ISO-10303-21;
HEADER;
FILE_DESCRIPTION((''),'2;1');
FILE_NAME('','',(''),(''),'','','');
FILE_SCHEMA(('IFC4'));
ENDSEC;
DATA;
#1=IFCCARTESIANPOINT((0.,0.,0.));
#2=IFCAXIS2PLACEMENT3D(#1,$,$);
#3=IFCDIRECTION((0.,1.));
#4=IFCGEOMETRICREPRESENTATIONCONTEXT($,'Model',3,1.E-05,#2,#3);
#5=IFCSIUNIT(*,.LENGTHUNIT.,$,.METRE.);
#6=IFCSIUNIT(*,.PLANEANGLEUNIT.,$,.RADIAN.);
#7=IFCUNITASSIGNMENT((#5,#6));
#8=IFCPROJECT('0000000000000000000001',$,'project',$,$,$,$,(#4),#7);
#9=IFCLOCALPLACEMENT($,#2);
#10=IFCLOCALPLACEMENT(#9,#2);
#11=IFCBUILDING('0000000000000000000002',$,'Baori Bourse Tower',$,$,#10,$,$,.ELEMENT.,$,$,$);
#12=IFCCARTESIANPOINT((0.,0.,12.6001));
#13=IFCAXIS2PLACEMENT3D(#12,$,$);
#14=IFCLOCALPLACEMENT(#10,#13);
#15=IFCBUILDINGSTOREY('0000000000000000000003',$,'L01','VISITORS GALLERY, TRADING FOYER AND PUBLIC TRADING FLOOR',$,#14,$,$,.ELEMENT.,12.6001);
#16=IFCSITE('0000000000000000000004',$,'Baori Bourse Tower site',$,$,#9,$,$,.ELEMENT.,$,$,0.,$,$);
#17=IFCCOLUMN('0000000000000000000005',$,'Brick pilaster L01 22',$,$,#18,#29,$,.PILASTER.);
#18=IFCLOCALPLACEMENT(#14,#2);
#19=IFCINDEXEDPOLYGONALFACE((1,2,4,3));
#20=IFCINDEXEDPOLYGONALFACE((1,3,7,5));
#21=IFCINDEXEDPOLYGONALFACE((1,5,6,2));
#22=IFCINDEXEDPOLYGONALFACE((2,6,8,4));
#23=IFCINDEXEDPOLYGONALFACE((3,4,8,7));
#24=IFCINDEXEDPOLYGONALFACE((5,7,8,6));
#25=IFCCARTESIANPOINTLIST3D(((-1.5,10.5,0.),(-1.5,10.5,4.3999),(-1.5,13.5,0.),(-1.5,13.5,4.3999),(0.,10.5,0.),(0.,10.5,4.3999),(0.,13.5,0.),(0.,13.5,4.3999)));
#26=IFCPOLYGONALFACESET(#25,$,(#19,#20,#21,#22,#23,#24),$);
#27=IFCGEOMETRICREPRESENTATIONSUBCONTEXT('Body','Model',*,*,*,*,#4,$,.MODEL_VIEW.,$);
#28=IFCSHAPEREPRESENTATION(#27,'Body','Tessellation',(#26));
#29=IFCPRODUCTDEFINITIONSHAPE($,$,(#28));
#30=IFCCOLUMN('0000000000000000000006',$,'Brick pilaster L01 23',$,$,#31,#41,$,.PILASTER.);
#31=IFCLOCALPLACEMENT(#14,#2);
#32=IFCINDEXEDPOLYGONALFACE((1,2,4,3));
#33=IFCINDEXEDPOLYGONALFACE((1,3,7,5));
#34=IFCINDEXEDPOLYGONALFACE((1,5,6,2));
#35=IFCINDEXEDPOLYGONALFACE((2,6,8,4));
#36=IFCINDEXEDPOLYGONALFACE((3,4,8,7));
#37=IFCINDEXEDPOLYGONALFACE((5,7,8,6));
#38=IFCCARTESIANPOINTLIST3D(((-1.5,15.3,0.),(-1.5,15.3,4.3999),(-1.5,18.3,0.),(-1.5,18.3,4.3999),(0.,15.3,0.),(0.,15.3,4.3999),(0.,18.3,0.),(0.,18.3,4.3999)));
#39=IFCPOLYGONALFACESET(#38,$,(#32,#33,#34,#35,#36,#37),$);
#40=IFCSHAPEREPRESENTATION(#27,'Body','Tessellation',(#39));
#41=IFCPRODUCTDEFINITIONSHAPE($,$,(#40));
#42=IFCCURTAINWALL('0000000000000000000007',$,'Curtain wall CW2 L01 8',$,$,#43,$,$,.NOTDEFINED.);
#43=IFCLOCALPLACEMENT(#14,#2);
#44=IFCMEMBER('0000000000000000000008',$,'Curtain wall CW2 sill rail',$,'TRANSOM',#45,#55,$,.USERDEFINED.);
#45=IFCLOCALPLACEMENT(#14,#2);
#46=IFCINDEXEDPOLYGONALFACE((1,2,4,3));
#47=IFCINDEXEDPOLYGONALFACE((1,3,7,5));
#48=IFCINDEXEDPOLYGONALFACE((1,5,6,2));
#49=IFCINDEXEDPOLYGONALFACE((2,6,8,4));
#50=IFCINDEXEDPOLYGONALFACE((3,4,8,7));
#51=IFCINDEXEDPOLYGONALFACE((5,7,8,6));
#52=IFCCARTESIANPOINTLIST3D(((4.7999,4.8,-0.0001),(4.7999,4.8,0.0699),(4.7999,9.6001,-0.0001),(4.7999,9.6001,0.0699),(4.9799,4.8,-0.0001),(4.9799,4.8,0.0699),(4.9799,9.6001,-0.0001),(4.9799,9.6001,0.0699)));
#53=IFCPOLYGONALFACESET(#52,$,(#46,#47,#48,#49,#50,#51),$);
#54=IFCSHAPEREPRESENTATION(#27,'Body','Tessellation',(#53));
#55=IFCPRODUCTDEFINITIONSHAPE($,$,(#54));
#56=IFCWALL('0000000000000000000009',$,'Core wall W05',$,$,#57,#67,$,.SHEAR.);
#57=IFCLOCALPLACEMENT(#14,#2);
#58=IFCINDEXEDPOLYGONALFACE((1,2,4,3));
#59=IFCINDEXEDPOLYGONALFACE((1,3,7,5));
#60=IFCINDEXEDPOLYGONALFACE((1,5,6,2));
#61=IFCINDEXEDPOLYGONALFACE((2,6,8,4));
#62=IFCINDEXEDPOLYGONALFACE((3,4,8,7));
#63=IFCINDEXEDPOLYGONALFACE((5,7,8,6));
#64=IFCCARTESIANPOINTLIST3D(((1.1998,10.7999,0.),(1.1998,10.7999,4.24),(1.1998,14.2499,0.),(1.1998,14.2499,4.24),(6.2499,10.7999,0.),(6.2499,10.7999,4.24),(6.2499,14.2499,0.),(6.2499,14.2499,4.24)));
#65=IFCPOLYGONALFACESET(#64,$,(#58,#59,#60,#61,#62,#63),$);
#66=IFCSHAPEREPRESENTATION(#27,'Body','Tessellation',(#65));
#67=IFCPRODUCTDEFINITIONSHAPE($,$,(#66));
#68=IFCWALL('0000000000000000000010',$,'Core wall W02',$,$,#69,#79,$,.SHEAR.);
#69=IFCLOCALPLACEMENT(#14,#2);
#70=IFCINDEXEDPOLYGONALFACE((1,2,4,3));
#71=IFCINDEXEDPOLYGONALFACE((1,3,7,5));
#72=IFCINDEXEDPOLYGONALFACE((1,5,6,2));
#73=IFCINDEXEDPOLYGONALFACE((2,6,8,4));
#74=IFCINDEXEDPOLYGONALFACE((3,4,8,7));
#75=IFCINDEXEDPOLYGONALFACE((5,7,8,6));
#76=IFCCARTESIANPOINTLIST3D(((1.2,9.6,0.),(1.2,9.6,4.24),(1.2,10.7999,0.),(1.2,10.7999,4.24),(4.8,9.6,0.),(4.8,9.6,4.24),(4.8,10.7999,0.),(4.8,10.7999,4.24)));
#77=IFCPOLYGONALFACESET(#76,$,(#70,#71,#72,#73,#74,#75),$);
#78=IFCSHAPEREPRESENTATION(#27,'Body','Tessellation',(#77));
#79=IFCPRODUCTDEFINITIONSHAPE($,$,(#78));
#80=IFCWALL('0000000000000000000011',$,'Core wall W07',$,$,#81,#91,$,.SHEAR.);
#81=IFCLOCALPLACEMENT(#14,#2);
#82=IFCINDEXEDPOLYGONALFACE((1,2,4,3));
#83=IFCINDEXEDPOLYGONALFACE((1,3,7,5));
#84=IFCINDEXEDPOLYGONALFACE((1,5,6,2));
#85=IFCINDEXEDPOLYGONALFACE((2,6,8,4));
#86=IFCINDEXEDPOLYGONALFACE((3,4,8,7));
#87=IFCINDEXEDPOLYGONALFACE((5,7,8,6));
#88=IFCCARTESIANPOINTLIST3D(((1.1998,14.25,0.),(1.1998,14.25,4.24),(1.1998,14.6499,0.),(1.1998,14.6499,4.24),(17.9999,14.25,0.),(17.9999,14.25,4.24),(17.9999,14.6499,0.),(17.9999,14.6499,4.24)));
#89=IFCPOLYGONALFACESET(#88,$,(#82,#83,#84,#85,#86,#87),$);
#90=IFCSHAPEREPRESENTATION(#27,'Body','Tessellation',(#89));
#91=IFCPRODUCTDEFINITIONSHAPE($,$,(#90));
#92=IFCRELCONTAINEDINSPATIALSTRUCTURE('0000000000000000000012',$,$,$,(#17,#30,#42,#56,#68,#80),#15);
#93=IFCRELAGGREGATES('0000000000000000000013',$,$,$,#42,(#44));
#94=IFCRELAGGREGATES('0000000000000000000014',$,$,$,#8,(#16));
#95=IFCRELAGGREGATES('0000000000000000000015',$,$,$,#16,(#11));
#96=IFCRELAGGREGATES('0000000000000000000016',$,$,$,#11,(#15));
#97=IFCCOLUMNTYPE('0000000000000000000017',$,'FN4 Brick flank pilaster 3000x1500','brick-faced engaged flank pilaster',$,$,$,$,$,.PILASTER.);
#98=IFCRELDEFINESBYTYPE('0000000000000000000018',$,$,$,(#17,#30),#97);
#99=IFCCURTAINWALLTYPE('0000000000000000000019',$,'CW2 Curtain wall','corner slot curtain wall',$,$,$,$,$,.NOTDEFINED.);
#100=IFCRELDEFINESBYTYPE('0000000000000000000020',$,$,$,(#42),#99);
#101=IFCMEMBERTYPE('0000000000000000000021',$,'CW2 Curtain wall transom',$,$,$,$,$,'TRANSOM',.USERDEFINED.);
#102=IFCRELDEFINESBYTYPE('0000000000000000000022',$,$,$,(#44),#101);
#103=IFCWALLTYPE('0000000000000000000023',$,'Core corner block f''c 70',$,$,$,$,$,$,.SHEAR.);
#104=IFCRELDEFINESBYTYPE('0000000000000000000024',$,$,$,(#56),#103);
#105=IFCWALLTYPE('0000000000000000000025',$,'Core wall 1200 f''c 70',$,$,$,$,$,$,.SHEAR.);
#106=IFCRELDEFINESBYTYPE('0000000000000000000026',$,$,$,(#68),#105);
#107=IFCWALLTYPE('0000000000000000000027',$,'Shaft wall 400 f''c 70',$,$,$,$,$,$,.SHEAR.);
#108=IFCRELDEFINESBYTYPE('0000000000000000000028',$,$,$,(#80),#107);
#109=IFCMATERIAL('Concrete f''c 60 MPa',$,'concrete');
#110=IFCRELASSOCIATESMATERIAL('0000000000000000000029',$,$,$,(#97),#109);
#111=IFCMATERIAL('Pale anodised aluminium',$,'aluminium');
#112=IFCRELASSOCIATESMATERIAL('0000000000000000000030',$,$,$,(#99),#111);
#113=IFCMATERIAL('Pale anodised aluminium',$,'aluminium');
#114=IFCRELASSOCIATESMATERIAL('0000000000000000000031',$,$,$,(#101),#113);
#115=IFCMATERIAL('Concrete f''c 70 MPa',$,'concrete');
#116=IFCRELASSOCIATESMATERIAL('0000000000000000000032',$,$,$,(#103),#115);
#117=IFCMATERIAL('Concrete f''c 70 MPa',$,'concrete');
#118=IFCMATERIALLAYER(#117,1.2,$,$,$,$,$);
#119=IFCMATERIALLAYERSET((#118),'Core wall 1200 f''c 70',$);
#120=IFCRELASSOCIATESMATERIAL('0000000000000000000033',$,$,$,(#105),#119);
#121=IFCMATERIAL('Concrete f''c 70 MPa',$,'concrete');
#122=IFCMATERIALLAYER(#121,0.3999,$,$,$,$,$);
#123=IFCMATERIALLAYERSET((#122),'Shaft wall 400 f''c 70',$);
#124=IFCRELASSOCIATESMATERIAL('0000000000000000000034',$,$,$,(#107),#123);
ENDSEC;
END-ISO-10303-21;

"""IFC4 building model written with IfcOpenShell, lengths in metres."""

from ifc_helpers import new_model, si_unit, direction, frame, frame_2d, origin, origin_2d, place, context, subcontext, project, spatial, rectangle, extrude, material, layer, layer_set, material_profile, profile_set, type_object, element, aggregate, save


model = new_model("IFC4")

# Units and contexts
model_context = context("Model", 3, precision=1e-05, world=origin(), true_north=direction((0.0, 1.0)))
body_context = subcontext(model_context, "Body", "Model", "MODEL_VIEW")
ifc_project = project(units=[si_unit("LENGTHUNIT", "METRE"), si_unit("PLANEANGLEUNIT", "RADIAN")], contexts=[model_context])

# Site, building, storey
site_placement = place(None, origin())
site = spatial("IfcSite", under=ifc_project, at=site_placement, Name="Baori Bourse Tower site", CompositionType="ELEMENT", RefElevation=0.0)
building_placement = place(site_placement, origin())
building = spatial("IfcBuilding", under=site, at=building_placement, Name="Baori Bourse Tower", CompositionType="ELEMENT")
storey_placement = place(building_placement, frame((0.0, 0.0, 12.6001)))
storey = spatial("IfcBuildingStorey", under=building, at=storey_placement, Name="L01", Description="VISITORS GALLERY, TRADING FOYER AND PUBLIC TRADING FLOOR", CompositionType="ELEMENT", Elevation=12.6001)

# Columns
ifc_material_1 = material(Name="Concrete f'c 60 MPa", Category="concrete")
ifc_material_profile_1 = material_profile(ifc_material_1, rectangle(XDim=3.0, YDim=1.5, at=origin_2d()), Name="RC 3000x1500")
ifc_profile_set_1 = profile_set([ifc_material_profile_1], Name="Concrete f'c 60 MPa")
column_type = type_object("IfcColumnType", Name="FN4 Brick flank pilaster 3000x1500", Description="brick-faced engaged flank pilaster", PredefinedType="PILASTER", material=ifc_profile_set_1)
for number, where, z_axis, x_axis, name in (
    (1, (-0.75, 12.0, 0.0), (0.0, 0.0, 1.0), (0.0, 1.0, 0.0), "Brick pilaster L01 22"),
    (2, (-0.75, 16.8, 0.0), (0.0, 0.0, 1.0), (0.0, 1.0, 0.0), "Brick pilaster L01 23"),
):
    element("IfcColumn", number, at=place(storey_placement, frame(where, z_axis=z_axis, x_axis=x_axis)), inside=storey, type_object=column_type, Name=name, PredefinedType="PILASTER", context=body_context, shape_type="SweptSolid", body=[
        extrude(rectangle(XDim=3.0, YDim=1.5, at=origin_2d()), origin(), (0.0, 0.0, 1.0), 4.3999),
    ])

# Curtain wall, member
ifc_material_2 = material(Name="Pale anodised aluminium", Category="aluminium")
curtain_wall_type = type_object("IfcCurtainWallType", Name="CW2 Curtain wall", Description="corner slot curtain wall", PredefinedType="NOTDEFINED", material=ifc_material_2)
curtain_wall_placement = place(storey_placement, origin())
curtain_wall = element("IfcCurtainWall", 3, at=curtain_wall_placement, inside=storey, type_object=curtain_wall_type, Name="Curtain wall CW2 L01 8", PredefinedType="NOTDEFINED")
ifc_material_3 = material(Name="Pale anodised aluminium", Category="aluminium")
ifc_material_profile_2 = material_profile(ifc_material_3, rectangle(XDim=0.1799, YDim=0.0701, at=origin_2d()), Name="Transom 70x180")
ifc_profile_set_2 = profile_set([ifc_material_profile_2], Name="Pale anodised aluminium")
member_type = type_object("IfcMemberType", Name="CW2 Curtain wall transom", ElementType="TRANSOM", PredefinedType="USERDEFINED", material=ifc_profile_set_2)
member_placement = place(storey_placement, frame((4.8899, 9.6001, 0.0349), z_axis=(0.0, -1.0, 0.0), x_axis=(1.0, 0.0, 0.0)))
member = element("IfcMember", 4, at=member_placement, type_object=member_type, Name="Curtain wall CW2 sill rail", ObjectType="TRANSOM", PredefinedType="USERDEFINED", context=body_context, shape_type="SweptSolid", body=[
    extrude(rectangle(XDim=0.1799, YDim=0.0701, at=origin_2d()), origin(), (0.0, 0.0, 1.0), 4.8),
])
aggregate(curtain_wall, [member])

# Walls
ifc_material_4 = material(Name="Concrete f'c 70 MPa", Category="concrete")
wall_type_1 = type_object("IfcWallType", Name="Core corner block f'c 70", PredefinedType="SHEAR", material=ifc_material_4)
wall_1_placement = place(storey_placement, frame((1.2, 12.5249, 0.0), z_axis=(0.0, 0.0, 1.0), x_axis=(1.0, 0.0, 0.0)))
element("IfcWall", 5, at=wall_1_placement, inside=storey, type_object=wall_type_1, Name="Core wall W05", PredefinedType="SHEAR", context=body_context, shape_type="SweptSolid", body=[
    extrude(rectangle(XDim=5.05, YDim=3.45, at=frame_2d((2.5249, 0.0))), origin(), (0.0, 0.0, 1.0), 4.24),
])
ifc_material_5 = material(Name="Concrete f'c 70 MPa", Category="concrete")
ifc_layer_1 = layer(ifc_material_5, 1.2)
ifc_layer_set_1 = layer_set([ifc_layer_1], Name="Core wall 1200 f'c 70")
wall_type_2 = type_object("IfcWallType", Name="Core wall 1200 f'c 70", PredefinedType="SHEAR", material=ifc_layer_set_1)
wall_2_placement = place(storey_placement, frame((4.8, 10.2, 0.0), z_axis=(0.0, 0.0, 1.0), x_axis=(-1.0, 0.0, 0.0)))
element("IfcWall", 6, at=wall_2_placement, inside=storey, type_object=wall_type_2, Name="Core wall W02", PredefinedType="SHEAR", context=body_context, shape_type="SweptSolid", body=[
    extrude(rectangle(XDim=3.6001, YDim=1.2, at=frame_2d((1.8, 0.0))), origin(), (0.0, 0.0, 1.0), 4.24),
])
ifc_material_6 = material(Name="Concrete f'c 70 MPa", Category="concrete")
ifc_layer_2 = layer(ifc_material_6, 0.3999)
ifc_layer_set_2 = layer_set([ifc_layer_2], Name="Shaft wall 400 f'c 70")
wall_type_3 = type_object("IfcWallType", Name="Shaft wall 400 f'c 70", PredefinedType="SHEAR", material=ifc_layer_set_2)
wall_3_placement = place(storey_placement, frame((1.2, 14.45, 0.0), z_axis=(0.0, 0.0, 1.0), x_axis=(1.0, 0.0, 0.0)))
element("IfcWall", 7, at=wall_3_placement, inside=storey, type_object=wall_type_3, Name="Core wall W07", PredefinedType="SHEAR", context=body_context, shape_type="SweptSolid", body=[
    extrude(rectangle(XDim=16.8, YDim=0.3999, at=frame_2d((8.3999, 0.0))), origin(), (0.0, 0.0, 1.0), 4.24),
])

save(model, "model.ifc")
